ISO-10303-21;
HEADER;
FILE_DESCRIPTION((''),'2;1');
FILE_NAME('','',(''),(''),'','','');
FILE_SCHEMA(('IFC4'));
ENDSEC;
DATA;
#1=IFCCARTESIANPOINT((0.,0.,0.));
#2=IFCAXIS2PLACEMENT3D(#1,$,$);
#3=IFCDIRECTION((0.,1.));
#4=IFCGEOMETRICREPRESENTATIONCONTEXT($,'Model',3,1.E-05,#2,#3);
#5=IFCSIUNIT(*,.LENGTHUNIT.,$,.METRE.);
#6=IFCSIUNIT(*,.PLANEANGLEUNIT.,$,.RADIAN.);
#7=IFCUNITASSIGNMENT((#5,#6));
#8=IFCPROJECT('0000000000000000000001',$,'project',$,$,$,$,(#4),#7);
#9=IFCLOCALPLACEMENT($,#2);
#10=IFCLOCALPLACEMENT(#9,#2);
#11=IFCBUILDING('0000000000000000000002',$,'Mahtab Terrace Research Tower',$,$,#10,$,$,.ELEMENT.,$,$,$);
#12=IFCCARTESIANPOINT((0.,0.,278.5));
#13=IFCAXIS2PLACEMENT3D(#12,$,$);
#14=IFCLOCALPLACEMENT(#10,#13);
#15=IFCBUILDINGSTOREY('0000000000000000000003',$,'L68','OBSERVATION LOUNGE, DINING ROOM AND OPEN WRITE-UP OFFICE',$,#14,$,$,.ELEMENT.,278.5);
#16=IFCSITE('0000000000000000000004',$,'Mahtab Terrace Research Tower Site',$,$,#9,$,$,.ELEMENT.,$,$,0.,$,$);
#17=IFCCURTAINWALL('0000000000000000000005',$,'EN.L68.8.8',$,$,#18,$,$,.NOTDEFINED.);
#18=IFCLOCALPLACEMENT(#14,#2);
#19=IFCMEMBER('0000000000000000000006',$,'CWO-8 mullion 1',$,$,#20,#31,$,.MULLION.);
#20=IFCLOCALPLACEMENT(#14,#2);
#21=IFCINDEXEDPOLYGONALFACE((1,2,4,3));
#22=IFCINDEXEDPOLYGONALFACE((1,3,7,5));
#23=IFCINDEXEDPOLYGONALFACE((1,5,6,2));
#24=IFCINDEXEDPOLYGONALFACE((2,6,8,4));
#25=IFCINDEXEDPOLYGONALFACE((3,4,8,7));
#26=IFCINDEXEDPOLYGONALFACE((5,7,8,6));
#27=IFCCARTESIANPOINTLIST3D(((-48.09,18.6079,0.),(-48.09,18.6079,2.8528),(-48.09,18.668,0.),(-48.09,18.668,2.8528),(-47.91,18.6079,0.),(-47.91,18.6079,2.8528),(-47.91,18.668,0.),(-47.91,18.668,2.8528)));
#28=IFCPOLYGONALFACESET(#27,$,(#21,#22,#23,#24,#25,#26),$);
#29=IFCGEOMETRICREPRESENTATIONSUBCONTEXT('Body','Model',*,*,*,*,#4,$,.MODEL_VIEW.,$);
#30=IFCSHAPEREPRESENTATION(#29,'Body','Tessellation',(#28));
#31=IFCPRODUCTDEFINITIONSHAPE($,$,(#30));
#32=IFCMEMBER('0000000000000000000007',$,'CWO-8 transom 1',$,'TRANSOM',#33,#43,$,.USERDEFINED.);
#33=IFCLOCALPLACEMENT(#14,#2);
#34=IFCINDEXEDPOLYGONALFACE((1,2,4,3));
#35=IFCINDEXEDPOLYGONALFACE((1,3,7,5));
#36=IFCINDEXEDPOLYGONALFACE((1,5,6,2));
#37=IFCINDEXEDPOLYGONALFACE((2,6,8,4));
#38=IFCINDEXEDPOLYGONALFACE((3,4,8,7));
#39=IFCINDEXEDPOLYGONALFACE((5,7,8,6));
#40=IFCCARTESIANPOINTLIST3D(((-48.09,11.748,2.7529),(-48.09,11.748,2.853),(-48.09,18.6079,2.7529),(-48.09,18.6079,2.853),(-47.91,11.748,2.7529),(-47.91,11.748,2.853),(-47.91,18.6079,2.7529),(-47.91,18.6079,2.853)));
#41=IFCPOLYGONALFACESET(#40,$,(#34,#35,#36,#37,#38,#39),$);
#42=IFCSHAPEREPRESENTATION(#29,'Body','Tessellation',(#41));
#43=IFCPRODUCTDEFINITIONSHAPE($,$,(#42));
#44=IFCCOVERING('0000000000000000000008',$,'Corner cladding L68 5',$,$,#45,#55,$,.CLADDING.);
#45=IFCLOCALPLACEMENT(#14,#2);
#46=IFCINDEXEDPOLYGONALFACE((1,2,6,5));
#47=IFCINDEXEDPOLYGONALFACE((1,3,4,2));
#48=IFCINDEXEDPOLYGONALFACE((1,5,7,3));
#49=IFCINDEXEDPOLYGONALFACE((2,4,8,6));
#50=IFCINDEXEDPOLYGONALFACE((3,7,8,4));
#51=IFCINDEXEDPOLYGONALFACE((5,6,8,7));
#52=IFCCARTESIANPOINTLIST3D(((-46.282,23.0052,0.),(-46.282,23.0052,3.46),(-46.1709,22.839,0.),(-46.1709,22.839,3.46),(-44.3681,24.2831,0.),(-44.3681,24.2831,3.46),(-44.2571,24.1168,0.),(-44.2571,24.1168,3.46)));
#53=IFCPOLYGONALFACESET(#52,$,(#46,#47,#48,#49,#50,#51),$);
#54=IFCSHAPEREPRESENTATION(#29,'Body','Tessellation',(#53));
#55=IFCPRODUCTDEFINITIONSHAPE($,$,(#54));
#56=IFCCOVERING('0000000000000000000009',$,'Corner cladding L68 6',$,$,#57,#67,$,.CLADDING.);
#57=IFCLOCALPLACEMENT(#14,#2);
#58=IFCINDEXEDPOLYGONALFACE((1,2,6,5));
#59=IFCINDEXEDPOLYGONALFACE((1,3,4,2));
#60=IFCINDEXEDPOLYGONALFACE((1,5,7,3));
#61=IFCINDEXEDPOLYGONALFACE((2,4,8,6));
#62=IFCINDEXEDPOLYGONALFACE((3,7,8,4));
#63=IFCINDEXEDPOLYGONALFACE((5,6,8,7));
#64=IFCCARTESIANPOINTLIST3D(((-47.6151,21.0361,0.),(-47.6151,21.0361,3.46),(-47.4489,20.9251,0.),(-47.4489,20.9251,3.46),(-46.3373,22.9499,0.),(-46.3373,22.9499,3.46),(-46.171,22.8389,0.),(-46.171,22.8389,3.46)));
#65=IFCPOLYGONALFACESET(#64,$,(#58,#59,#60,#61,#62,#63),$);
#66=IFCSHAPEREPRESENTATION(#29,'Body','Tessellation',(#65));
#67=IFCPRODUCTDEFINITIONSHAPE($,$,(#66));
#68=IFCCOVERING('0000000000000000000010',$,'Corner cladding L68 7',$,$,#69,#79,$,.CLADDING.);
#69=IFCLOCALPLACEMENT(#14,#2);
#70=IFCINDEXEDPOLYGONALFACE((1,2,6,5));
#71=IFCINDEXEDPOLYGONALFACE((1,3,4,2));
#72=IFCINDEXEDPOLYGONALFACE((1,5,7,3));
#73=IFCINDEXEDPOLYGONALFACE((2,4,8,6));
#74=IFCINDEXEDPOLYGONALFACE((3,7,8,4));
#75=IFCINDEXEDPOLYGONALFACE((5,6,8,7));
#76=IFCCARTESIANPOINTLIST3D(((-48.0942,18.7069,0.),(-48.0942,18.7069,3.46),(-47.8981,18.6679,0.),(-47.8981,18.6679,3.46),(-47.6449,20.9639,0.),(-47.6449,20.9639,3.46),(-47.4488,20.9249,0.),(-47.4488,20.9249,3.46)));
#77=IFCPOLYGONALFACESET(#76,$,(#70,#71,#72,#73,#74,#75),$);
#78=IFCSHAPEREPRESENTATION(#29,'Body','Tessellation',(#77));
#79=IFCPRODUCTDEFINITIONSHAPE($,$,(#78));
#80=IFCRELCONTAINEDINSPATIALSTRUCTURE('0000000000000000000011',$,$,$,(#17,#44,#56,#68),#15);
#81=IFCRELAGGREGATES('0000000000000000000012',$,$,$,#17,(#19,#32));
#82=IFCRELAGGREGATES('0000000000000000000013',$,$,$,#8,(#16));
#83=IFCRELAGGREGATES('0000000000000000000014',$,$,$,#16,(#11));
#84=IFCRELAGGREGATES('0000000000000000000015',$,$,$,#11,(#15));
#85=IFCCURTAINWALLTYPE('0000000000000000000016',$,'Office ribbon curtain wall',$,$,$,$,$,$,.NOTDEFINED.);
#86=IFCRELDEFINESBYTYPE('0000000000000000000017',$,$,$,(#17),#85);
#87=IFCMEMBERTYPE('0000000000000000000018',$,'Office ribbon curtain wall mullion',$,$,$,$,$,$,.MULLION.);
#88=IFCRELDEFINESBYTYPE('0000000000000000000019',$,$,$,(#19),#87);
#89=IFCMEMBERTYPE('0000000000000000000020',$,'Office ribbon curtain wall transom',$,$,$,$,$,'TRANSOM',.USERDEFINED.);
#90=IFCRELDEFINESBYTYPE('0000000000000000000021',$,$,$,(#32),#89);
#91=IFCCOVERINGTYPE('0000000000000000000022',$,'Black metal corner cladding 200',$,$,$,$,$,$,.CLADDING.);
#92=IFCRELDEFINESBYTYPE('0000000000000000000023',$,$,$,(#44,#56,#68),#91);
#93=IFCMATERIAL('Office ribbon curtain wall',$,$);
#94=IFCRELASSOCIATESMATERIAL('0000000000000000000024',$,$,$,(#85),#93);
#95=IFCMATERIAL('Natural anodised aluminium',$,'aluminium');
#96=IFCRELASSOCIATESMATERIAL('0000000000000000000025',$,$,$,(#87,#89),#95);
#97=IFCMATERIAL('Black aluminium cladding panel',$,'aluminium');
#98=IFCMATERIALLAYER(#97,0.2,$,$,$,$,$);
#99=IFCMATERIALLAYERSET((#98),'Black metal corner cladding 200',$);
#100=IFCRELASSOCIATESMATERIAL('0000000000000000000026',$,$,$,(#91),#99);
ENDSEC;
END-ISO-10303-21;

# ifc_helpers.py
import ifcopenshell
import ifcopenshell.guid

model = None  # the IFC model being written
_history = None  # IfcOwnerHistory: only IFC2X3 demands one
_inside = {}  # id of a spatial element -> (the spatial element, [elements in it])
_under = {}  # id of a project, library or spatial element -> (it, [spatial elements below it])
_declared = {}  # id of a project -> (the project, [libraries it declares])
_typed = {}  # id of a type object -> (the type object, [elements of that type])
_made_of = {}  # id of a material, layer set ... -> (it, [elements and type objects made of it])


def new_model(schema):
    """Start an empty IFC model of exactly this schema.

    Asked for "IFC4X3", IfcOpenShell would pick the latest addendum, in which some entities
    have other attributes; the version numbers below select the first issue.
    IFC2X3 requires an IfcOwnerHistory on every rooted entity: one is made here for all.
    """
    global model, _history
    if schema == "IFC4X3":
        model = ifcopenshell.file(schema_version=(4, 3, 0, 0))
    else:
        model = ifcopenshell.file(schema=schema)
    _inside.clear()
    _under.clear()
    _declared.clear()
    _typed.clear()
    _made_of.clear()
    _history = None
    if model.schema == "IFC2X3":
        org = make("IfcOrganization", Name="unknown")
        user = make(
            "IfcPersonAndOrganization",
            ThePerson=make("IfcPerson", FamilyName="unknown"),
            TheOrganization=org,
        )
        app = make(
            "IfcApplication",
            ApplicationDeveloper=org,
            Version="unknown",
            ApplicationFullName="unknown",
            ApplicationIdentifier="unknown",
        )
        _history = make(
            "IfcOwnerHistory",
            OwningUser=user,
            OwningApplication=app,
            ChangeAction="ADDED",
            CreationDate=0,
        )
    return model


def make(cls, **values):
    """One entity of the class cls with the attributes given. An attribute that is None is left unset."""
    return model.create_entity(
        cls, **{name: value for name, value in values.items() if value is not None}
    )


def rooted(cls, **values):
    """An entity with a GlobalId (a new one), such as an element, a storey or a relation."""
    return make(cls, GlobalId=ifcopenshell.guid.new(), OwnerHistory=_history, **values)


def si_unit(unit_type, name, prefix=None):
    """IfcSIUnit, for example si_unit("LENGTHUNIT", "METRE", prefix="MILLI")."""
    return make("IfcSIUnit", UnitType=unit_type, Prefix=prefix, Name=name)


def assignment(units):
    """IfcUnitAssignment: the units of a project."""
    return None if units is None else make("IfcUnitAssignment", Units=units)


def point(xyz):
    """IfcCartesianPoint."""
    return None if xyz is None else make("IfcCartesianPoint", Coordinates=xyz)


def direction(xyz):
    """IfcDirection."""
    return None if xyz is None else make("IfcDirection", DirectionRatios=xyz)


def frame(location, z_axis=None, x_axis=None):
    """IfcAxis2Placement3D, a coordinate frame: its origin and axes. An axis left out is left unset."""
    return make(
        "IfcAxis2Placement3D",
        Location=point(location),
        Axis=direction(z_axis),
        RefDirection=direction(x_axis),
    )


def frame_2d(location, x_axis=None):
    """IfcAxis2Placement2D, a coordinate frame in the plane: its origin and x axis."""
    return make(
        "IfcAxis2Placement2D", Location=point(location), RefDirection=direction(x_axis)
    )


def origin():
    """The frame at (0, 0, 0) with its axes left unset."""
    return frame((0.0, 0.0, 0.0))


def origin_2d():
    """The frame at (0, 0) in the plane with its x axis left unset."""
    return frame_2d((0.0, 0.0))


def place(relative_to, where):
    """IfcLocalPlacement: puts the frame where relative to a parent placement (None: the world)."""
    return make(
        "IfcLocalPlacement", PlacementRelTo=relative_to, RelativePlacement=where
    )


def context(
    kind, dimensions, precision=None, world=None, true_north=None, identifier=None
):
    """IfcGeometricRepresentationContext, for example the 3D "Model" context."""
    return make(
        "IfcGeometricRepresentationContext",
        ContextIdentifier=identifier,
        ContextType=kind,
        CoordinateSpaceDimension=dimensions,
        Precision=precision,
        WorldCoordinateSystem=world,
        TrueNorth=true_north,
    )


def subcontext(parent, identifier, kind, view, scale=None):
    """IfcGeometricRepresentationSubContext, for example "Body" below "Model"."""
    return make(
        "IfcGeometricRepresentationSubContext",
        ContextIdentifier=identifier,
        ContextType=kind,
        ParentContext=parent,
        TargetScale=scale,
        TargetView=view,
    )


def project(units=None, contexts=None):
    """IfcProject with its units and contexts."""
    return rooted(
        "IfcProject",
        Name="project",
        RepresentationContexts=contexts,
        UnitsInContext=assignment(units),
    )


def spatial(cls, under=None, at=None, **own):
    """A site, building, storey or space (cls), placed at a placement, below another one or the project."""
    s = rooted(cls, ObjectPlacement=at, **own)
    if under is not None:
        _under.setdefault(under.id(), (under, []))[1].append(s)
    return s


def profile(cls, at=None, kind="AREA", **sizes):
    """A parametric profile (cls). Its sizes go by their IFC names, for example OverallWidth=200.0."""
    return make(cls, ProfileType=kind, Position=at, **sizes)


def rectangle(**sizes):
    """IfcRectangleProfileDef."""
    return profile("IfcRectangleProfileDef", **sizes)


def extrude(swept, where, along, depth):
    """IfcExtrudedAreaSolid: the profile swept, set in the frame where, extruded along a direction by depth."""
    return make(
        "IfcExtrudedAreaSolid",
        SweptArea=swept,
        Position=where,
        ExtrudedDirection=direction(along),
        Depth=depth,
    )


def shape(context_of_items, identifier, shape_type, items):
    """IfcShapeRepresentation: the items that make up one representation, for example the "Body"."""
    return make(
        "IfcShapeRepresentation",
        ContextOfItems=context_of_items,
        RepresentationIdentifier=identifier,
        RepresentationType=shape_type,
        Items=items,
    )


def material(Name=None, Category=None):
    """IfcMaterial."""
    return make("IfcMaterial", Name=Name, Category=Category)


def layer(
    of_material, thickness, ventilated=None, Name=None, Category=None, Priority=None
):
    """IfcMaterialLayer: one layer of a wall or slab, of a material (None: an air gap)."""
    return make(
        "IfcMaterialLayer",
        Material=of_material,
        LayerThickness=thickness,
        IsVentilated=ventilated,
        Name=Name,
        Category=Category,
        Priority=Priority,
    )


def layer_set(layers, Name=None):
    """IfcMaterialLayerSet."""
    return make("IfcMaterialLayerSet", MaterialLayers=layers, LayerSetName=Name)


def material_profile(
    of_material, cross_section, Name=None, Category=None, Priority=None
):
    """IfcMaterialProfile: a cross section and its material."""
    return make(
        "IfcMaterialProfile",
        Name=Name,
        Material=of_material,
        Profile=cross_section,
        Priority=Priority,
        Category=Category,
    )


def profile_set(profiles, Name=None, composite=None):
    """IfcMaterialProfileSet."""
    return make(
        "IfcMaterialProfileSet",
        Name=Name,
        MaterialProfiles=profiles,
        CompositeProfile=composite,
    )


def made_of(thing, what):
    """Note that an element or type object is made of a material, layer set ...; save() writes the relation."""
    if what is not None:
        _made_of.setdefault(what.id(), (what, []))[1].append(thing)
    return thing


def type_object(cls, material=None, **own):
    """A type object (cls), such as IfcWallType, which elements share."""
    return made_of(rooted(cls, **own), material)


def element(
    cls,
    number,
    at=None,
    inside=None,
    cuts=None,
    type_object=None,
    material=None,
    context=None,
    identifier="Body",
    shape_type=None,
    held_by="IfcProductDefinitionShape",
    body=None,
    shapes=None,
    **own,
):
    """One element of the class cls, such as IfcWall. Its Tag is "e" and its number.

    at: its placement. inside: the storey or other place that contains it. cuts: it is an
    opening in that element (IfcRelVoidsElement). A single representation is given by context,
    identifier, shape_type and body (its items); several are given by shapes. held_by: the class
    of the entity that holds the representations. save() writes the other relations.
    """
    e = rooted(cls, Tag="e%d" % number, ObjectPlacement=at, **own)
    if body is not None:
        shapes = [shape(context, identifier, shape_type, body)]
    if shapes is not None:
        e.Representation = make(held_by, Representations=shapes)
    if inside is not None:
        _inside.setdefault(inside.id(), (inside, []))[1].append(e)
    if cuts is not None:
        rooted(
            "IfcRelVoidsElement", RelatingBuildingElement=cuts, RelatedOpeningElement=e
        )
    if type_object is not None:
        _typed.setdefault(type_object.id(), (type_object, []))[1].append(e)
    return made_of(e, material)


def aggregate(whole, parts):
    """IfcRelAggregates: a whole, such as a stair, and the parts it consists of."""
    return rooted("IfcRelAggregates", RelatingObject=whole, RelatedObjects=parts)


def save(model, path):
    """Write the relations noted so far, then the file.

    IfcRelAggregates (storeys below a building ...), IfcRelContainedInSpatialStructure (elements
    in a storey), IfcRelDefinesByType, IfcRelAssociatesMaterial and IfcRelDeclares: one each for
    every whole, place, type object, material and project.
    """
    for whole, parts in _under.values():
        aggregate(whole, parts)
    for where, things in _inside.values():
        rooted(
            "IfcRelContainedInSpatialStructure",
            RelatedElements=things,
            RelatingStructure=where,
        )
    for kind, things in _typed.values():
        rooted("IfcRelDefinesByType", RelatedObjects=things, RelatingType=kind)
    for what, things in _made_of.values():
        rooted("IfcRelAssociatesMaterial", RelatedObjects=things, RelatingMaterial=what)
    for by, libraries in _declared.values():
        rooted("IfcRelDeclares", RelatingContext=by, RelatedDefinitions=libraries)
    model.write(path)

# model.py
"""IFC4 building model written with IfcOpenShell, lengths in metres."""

from ifc_helpers import new_model, si_unit, direction, frame, origin, origin_2d, place, context, subcontext, project, spatial, rectangle, extrude, material, layer, layer_set, material_profile, profile_set, type_object, element, aggregate, save


model = new_model("IFC4")

# Units and contexts
model_context = context("Model", 3, precision=1e-05, world=origin(), true_north=direction((0.0, 1.0)))
body_context = subcontext(model_context, "Body", "Model", "MODEL_VIEW")
ifc_project = project(units=[si_unit("LENGTHUNIT", "METRE"), si_unit("PLANEANGLEUNIT", "RADIAN")], contexts=[model_context])

# Site, building, storey
site_placement = place(None, origin())
site = spatial("IfcSite", under=ifc_project, at=site_placement, Name="Mahtab Terrace Research Tower Site", CompositionType="ELEMENT", RefElevation=0.0)
building_placement = place(site_placement, origin())
building = spatial("IfcBuilding", under=site, at=building_placement, Name="Mahtab Terrace Research Tower", CompositionType="ELEMENT")
storey_placement = place(building_placement, frame((0.0, 0.0, 278.5)))
storey = spatial("IfcBuildingStorey", under=building, at=storey_placement, Name="L68", Description="OBSERVATION LOUNGE, DINING ROOM AND OPEN WRITE-UP OFFICE", CompositionType="ELEMENT", Elevation=278.5)

# Curtain wall, members
ifc_material_1 = material(Name="Office ribbon curtain wall")
curtain_wall_type = type_object("IfcCurtainWallType", Name="Office ribbon curtain wall", PredefinedType="NOTDEFINED", material=ifc_material_1)
curtain_wall_placement = place(storey_placement, origin())
curtain_wall = element("IfcCurtainWall", 1, at=curtain_wall_placement, inside=storey, type_object=curtain_wall_type, Name="EN.L68.8.8", PredefinedType="NOTDEFINED")
ifc_material_2 = material(Name="Natural anodised aluminium", Category="aluminium")
ifc_material_profile_1 = material_profile(ifc_material_2, rectangle(XDim=0.1799, YDim=0.0601, at=origin_2d()), Name="MULLION 60x180")
ifc_profile_set_1 = profile_set([ifc_material_profile_1], Name="Natural anodised aluminium")
member_type_1 = type_object("IfcMemberType", Name="Office ribbon curtain wall mullion", PredefinedType="MULLION", material=ifc_profile_set_1)
member_1_placement = place(storey_placement, frame((-48.0, 18.6379, 0.0), z_axis=(0.0, 0.0, 1.0), x_axis=(1.0, 0.0, 0.0)))
member_1 = element("IfcMember", 2, at=member_1_placement, type_object=member_type_1, Name="CWO-8 mullion 1", PredefinedType="MULLION", context=body_context, shape_type="SweptSolid", body=[
    extrude(rectangle(XDim=0.1799, YDim=0.0601, at=origin_2d()), origin(), (0.0, 0.0, 1.0), 2.8528),
])
ifc_material_profile_2 = material_profile(ifc_material_2, rectangle(XDim=0.1799, YDim=0.1001, at=origin_2d()), Name="TRANSOM 100x180")
ifc_profile_set_2 = profile_set([ifc_material_profile_2], Name="Natural anodised aluminium")
member_type_2 = type_object("IfcMemberType", Name="Office ribbon curtain wall transom", ElementType="TRANSOM", PredefinedType="USERDEFINED", material=ifc_profile_set_2)
member_2_placement = place(storey_placement, frame((-48.0, 18.6079, 2.803), z_axis=(0.0, -1.0, 0.0), x_axis=(1.0, 0.0, 0.0)))
member_2 = element("IfcMember", 3, at=member_2_placement, type_object=member_type_2, Name="CWO-8 transom 1", ObjectType="TRANSOM", PredefinedType="USERDEFINED", context=body_context, shape_type="SweptSolid", body=[
    extrude(rectangle(XDim=0.1799, YDim=0.1001, at=origin_2d()), origin(), (0.0, 0.0, 1.0), 6.8599),
])
aggregate(curtain_wall, [member_1, member_2])

# Coverings
ifc_material_3 = material(Name="Black aluminium cladding panel", Category="aluminium")
ifc_layer = layer(ifc_material_3, 0.2)
ifc_layer_set = layer_set([ifc_layer], Name="Black metal corner cladding 200")
covering_type = type_object("IfcCoveringType", Name="Black metal corner cladding 200", PredefinedType="CLADDING", material=ifc_layer_set)
for number, where, z_axis, x_axis, name in (
    (4, (-45.2695, 23.561, 0.0), (0.0, 0.0, 1.0), (-0.831656, -0.555291, 0.0), "Corner cladding L68 5"),
    (5, (-46.8931, 21.9375, 0.0), (0.0, 0.0, 1.0), (-0.555291, -0.831656, 0.0), "Corner cladding L68 6"),
    (6, (-47.7715, 19.8159, 0.0), (0.0, 0.0, 1.0), (-0.195212, -0.980761, 0.0), "Corner cladding L68 7"),
):
    element("IfcCovering", number, at=place(storey_placement, frame(where, z_axis=z_axis, x_axis=x_axis)), inside=storey, type_object=covering_type, Name=name, PredefinedType="CLADDING", context=body_context, shape_type="SweptSolid", body=[
        extrude(rectangle(XDim=2.3013, YDim=0.2, at=origin_2d()), origin(), (0.0, 0.0, 1.0), 3.46),
    ])

save(model, "model.ifc")
